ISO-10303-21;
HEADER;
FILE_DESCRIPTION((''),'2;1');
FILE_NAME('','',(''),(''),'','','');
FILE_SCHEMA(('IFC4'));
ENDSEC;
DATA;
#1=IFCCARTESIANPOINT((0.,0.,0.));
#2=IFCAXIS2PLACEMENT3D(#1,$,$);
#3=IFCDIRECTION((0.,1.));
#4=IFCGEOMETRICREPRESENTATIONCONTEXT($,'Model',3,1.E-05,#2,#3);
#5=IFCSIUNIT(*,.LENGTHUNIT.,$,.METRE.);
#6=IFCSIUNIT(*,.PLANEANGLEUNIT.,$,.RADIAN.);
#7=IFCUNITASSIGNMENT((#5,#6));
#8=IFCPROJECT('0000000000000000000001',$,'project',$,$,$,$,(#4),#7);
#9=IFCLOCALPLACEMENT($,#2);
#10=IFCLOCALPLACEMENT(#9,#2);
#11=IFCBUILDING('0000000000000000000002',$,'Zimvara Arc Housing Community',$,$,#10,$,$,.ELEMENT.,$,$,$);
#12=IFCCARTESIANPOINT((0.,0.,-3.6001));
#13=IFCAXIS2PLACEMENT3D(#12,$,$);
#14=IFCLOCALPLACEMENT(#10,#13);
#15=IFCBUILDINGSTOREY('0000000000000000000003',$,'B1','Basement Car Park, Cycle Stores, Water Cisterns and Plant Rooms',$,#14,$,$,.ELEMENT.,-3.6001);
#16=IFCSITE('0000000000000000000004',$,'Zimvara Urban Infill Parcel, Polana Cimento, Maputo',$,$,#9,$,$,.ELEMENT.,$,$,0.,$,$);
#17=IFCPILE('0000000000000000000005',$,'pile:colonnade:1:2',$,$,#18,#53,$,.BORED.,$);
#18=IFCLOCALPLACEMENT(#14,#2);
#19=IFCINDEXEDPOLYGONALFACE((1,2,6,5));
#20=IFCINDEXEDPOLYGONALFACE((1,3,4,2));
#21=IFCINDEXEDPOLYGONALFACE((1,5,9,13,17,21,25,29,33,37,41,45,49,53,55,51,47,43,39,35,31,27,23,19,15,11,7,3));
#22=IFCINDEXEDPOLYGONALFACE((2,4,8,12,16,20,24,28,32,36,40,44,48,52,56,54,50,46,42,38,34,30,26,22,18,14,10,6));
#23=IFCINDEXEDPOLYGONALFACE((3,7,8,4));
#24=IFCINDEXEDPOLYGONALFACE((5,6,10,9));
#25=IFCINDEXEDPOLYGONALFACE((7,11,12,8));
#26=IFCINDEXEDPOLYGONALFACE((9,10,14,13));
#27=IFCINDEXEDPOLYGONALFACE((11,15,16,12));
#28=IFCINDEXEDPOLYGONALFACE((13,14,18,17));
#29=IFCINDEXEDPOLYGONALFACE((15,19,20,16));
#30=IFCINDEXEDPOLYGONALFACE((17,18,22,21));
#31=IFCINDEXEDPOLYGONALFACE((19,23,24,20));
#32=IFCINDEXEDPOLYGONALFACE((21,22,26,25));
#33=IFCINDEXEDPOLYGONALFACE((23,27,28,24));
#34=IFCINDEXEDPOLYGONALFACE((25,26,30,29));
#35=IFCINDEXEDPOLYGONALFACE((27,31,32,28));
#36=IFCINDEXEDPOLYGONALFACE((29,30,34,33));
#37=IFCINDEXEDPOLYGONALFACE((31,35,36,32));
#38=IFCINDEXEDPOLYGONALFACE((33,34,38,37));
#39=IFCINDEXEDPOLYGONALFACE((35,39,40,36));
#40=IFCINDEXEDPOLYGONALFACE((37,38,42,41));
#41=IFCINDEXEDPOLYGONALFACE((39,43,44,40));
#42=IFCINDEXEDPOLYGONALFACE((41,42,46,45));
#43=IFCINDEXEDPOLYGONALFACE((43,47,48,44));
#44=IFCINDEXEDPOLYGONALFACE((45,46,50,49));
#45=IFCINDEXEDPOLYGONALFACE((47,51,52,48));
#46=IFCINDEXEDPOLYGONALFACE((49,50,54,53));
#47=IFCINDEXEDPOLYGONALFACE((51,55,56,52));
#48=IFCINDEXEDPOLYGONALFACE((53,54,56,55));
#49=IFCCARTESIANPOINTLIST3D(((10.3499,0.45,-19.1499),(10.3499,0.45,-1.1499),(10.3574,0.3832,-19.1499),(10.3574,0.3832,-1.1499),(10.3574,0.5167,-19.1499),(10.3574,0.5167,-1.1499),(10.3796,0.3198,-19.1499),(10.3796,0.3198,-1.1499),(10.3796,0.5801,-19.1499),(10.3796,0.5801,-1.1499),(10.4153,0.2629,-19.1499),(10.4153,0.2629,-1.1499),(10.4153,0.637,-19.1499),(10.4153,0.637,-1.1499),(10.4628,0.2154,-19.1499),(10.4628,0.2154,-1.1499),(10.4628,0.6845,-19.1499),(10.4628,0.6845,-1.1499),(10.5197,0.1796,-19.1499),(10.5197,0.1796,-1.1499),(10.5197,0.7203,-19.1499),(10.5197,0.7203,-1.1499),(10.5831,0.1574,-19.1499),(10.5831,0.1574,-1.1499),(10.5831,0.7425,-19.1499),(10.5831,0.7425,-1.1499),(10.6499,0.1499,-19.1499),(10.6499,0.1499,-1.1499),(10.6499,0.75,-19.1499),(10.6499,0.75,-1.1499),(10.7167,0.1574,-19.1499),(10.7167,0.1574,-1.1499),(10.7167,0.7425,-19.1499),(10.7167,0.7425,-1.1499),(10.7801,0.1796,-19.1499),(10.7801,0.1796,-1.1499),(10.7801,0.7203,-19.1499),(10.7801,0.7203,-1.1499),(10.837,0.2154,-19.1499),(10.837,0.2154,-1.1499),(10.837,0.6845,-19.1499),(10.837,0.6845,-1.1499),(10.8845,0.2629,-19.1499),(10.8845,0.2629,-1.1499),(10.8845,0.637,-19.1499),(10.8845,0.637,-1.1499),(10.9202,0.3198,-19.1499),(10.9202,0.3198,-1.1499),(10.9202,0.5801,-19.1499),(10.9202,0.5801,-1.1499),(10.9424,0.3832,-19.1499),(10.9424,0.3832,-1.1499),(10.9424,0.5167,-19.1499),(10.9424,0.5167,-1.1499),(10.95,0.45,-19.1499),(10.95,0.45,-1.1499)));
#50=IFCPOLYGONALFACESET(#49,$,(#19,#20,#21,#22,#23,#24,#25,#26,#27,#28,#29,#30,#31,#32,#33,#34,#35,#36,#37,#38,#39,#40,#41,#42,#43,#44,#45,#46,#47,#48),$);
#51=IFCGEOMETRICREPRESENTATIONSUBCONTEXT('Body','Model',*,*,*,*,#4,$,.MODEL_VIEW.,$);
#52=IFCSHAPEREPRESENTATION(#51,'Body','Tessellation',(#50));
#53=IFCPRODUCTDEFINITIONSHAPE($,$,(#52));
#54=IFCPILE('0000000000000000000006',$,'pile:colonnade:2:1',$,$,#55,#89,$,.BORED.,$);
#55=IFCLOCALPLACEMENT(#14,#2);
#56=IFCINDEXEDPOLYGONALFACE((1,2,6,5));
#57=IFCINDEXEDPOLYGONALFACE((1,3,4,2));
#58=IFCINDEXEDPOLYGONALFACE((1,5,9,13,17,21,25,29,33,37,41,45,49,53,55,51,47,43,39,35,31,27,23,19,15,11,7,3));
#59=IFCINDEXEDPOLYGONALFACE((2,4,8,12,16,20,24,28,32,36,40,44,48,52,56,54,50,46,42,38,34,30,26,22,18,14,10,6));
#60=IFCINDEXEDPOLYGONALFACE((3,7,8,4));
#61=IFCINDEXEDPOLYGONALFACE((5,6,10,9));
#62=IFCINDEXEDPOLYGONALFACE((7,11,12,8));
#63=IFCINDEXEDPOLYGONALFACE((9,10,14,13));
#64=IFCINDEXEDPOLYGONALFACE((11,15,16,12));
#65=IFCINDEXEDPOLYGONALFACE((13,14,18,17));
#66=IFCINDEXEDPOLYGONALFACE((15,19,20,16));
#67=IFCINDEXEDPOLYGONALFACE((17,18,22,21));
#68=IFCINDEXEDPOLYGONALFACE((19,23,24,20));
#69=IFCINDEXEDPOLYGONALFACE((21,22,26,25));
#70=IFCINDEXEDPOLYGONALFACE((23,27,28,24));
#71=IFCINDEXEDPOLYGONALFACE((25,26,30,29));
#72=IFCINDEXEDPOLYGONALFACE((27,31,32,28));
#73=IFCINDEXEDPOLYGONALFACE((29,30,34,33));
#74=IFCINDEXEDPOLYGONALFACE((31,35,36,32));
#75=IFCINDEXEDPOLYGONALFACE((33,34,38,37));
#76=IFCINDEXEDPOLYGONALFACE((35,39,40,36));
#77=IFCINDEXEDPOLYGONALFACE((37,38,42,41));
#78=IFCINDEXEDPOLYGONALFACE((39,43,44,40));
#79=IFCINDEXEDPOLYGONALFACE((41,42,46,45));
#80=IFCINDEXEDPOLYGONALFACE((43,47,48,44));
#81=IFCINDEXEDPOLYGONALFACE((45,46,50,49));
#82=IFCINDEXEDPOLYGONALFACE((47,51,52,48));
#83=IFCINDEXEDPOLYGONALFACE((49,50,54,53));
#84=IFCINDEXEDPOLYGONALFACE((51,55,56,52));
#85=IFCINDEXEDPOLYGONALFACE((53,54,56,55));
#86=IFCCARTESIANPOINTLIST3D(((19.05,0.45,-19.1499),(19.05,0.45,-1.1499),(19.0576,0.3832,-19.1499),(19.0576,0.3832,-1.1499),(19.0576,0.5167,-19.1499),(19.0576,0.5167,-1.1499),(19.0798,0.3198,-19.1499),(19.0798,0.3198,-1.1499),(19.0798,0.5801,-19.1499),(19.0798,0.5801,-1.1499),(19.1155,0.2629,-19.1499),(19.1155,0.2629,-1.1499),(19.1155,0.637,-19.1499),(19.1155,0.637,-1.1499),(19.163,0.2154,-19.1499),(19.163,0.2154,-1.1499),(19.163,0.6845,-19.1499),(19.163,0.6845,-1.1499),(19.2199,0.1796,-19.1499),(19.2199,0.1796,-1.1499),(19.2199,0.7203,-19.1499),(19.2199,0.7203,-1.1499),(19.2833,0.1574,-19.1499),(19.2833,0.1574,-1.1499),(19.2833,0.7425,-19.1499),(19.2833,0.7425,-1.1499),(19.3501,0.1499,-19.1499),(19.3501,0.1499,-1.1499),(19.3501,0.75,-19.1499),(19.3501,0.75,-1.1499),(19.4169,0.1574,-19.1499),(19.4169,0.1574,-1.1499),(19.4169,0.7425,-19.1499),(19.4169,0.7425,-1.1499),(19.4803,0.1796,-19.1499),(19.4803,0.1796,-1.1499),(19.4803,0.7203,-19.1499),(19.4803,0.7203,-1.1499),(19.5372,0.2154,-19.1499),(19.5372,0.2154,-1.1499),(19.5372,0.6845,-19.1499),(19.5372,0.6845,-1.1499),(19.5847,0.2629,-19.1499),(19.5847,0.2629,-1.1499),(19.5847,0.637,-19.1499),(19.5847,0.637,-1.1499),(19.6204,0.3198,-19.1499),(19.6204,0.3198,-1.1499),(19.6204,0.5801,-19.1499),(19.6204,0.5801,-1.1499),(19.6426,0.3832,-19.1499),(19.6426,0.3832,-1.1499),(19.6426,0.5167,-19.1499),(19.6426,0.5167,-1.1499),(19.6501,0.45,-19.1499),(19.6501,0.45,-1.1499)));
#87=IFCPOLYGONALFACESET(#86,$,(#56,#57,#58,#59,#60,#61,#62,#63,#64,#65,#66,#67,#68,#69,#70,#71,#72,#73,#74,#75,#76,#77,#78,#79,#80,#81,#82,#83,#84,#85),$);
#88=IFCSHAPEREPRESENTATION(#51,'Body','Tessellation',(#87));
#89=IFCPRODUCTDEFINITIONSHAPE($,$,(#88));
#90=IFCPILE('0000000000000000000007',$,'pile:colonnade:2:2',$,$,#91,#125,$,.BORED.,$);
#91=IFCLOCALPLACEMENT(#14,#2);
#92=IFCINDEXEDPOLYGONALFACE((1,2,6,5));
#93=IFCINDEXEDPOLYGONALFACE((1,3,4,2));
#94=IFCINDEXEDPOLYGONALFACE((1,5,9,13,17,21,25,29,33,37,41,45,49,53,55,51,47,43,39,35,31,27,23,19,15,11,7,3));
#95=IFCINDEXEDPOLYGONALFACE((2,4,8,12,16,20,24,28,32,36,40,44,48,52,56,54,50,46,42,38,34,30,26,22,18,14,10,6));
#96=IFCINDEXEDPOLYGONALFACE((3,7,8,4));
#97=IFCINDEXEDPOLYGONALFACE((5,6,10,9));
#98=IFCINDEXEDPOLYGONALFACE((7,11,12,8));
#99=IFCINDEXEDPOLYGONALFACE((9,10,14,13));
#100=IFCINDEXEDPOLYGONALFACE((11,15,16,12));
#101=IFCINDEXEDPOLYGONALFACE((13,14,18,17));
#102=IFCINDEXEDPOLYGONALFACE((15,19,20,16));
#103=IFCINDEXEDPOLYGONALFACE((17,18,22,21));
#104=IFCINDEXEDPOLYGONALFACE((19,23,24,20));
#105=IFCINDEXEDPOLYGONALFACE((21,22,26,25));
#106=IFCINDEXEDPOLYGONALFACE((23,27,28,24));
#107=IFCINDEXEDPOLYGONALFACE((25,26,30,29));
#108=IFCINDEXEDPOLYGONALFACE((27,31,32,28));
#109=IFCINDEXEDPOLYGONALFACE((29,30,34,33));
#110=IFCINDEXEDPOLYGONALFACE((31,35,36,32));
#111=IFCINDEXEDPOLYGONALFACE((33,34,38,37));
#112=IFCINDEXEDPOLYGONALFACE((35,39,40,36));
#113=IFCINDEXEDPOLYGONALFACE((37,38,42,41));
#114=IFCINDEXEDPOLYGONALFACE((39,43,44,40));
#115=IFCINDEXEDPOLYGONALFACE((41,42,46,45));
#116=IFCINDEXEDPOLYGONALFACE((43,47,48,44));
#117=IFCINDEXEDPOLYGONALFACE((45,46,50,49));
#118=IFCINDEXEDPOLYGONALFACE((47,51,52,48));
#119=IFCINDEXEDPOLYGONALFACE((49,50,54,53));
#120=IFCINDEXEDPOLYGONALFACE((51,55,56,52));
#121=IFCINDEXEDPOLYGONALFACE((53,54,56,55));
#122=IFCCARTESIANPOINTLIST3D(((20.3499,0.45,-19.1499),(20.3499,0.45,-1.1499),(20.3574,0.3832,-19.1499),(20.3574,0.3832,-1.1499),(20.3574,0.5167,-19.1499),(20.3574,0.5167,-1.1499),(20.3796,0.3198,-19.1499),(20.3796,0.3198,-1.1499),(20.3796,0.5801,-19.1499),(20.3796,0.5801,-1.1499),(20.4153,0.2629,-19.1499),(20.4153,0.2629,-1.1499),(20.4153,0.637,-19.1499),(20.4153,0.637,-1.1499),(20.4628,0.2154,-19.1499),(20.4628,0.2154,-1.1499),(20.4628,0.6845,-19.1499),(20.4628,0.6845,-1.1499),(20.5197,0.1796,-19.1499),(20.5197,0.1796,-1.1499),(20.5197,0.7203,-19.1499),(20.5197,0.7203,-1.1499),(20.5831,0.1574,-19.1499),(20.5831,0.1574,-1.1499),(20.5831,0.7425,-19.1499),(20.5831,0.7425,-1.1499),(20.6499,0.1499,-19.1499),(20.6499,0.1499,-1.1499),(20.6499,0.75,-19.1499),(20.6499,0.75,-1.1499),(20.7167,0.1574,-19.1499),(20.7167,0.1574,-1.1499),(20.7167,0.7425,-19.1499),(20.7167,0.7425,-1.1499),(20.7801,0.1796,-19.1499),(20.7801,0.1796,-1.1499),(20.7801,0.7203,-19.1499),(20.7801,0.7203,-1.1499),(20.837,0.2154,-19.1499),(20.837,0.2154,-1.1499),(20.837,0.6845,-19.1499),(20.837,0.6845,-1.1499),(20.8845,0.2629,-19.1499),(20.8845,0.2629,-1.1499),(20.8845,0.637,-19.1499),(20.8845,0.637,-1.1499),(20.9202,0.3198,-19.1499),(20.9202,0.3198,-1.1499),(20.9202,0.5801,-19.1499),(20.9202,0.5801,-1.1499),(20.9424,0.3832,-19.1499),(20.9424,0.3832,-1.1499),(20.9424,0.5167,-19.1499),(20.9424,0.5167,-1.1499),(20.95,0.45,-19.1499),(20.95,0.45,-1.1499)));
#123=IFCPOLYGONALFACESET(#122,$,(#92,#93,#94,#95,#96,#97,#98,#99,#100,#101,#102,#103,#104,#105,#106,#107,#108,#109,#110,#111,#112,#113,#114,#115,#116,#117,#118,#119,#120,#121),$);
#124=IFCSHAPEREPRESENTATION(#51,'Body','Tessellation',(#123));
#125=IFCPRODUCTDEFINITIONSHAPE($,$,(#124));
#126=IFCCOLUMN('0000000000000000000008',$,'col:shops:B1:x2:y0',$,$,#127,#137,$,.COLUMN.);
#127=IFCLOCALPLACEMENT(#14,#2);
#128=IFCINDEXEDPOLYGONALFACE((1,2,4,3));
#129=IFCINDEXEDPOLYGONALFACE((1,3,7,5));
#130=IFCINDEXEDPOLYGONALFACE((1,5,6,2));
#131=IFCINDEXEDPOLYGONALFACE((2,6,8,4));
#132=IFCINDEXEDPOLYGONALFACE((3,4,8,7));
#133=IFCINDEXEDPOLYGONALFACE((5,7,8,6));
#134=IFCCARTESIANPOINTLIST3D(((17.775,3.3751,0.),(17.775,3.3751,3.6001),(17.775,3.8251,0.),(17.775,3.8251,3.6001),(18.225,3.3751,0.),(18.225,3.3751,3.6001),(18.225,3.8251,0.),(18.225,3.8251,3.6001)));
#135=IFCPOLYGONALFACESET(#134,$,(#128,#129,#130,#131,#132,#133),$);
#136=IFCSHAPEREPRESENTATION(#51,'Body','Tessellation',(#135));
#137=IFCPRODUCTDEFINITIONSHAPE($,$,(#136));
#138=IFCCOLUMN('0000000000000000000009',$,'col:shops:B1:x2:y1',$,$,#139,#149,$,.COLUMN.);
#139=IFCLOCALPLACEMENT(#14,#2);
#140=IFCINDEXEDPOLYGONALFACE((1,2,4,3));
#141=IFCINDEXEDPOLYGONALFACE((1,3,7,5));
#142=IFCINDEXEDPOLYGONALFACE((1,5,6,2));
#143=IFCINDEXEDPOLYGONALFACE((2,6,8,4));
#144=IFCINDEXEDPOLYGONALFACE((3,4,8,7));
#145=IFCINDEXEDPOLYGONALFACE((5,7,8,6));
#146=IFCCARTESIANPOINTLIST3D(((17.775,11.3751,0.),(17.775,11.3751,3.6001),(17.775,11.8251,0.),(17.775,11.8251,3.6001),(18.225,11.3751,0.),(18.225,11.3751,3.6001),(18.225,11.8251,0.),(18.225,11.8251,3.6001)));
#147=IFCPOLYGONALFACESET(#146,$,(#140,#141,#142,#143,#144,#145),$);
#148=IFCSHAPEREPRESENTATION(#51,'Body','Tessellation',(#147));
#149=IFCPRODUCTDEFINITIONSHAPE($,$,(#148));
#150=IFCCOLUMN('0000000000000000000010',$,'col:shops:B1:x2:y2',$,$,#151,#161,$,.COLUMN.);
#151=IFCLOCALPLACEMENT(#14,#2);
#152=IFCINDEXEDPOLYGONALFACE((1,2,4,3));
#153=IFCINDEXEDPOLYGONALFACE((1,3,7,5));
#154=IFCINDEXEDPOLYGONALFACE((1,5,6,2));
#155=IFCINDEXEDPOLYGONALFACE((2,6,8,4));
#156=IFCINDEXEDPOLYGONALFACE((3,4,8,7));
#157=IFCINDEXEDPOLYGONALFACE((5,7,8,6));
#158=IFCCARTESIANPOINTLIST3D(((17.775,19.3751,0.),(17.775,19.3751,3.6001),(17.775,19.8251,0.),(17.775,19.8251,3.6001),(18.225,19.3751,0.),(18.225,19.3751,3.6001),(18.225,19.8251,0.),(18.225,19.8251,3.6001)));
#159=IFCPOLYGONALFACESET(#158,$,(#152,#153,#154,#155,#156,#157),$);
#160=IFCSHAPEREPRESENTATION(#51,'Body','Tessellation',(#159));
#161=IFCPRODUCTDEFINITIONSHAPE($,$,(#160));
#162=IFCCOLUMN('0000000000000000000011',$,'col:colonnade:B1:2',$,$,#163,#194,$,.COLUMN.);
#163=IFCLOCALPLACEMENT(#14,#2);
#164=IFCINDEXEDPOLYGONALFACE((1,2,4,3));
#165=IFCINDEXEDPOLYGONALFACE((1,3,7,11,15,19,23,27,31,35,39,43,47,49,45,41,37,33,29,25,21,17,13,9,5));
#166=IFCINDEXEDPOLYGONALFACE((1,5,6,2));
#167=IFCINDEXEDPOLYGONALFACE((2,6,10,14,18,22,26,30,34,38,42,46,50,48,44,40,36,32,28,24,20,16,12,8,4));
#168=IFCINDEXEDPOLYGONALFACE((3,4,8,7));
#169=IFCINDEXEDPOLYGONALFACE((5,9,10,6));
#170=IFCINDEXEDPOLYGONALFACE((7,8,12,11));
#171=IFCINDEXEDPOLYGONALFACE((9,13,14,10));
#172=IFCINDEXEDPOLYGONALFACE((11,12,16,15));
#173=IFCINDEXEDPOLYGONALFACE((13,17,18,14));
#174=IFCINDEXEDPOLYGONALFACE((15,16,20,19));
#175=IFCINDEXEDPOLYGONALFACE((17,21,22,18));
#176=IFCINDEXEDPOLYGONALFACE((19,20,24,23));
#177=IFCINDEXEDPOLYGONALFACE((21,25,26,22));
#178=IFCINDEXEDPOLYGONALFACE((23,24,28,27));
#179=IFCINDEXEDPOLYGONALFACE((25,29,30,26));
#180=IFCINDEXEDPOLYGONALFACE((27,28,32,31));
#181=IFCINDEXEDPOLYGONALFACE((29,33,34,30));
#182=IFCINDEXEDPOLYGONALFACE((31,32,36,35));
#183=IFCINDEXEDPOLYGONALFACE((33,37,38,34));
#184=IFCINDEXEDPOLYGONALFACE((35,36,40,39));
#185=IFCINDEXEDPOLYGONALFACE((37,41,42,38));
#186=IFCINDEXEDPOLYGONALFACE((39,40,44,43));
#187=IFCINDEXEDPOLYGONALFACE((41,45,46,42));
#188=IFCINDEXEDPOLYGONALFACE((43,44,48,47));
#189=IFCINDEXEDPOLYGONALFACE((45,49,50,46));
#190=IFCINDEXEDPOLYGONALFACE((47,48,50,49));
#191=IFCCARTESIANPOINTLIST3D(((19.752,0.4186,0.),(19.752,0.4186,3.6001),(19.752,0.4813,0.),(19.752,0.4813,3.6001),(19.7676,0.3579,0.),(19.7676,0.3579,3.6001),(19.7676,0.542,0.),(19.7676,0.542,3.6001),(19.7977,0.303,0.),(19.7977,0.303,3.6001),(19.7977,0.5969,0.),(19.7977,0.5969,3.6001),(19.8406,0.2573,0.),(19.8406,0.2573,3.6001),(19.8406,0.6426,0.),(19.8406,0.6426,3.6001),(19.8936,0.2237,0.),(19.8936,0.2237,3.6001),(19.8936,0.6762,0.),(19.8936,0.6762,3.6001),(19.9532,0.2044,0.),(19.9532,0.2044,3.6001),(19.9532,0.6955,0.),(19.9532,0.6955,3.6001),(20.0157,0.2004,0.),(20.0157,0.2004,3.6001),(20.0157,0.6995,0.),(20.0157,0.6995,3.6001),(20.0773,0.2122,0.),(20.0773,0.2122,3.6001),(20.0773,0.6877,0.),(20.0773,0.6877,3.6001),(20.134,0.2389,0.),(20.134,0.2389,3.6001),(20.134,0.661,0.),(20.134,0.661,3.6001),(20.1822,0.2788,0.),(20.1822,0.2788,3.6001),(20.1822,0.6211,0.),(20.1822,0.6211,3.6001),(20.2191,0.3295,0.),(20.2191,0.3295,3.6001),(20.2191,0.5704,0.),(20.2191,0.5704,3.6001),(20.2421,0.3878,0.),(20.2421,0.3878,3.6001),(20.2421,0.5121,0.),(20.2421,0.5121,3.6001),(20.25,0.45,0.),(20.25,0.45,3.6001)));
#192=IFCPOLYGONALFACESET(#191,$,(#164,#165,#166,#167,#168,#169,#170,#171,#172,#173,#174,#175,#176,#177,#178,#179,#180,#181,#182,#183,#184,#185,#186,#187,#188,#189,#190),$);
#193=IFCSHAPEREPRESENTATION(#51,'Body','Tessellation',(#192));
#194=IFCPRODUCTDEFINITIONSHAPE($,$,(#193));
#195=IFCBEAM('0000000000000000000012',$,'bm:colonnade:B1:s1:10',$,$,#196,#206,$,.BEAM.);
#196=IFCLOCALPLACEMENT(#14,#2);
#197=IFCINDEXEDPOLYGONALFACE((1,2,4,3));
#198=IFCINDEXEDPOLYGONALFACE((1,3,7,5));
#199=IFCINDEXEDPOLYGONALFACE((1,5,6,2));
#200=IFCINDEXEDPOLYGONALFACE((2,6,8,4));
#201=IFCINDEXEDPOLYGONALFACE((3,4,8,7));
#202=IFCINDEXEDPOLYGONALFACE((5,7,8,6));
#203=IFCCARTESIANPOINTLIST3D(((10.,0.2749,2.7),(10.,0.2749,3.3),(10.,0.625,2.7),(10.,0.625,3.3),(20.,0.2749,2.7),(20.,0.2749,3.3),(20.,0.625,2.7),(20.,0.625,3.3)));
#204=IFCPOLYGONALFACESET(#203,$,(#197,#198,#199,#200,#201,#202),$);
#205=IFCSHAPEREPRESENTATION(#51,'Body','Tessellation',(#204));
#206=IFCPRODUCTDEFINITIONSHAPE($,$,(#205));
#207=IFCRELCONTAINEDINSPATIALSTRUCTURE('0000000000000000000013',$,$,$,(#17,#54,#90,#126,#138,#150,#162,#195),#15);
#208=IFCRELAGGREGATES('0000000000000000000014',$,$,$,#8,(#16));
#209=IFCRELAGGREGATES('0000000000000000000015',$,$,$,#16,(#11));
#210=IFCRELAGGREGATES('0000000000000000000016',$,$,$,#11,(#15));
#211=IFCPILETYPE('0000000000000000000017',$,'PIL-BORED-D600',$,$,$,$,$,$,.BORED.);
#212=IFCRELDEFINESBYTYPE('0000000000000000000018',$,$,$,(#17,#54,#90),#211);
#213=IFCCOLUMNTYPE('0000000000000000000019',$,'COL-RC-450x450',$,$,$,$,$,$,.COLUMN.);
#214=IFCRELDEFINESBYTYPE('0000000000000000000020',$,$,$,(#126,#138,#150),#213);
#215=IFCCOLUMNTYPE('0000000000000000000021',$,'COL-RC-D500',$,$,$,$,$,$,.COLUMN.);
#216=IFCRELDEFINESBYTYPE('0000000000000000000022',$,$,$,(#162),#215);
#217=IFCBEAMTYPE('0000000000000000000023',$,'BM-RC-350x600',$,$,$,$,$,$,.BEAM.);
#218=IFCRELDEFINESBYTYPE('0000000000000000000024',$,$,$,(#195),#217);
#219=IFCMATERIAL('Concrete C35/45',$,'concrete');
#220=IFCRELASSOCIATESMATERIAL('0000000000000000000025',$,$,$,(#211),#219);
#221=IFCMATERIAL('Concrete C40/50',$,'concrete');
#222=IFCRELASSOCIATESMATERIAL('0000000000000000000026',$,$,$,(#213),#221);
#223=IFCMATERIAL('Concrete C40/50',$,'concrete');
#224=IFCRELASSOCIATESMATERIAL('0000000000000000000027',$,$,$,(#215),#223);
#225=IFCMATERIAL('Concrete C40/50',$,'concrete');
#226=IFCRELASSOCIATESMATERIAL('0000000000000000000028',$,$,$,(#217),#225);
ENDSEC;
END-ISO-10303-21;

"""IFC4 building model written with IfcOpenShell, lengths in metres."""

from ifc_helpers import new_model, si_unit, direction, frame, origin, origin_2d, place, context, subcontext, project, spatial, rectangle, circle, extrude, material, material_profile, profile_set, type_object, element, save


model = new_model("IFC4")

# Units and contexts
model_context = context("Model", 3, precision=1e-05, world=origin(), true_north=direction((0.0, 1.0)))
body_context = subcontext(model_context, "Body", "Model", "MODEL_VIEW")
ifc_project = project(units=[si_unit("LENGTHUNIT", "METRE"), si_unit("PLANEANGLEUNIT", "RADIAN")], contexts=[model_context])

# Site, building, storey
site_placement = place(None, origin())
site = spatial("IfcSite", under=ifc_project, at=site_placement, Name="Zimvara Urban Infill Parcel, Polana Cimento, Maputo", CompositionType="ELEMENT", RefElevation=0.0)
building_placement = place(site_placement, origin())
building = spatial("IfcBuilding", under=site, at=building_placement, Name="Zimvara Arc Housing Community", CompositionType="ELEMENT")
storey_placement = place(building_placement, frame((0.0, 0.0, -3.6001)))
storey = spatial("IfcBuildingStorey", under=building, at=storey_placement, Name="B1", Description="Basement Car Park, Cycle Stores, Water Cisterns and Plant Rooms", CompositionType="ELEMENT", Elevation=-3.6001)

# Piles
ifc_material_1 = material(Name="Concrete C35/45", Category="concrete")
ifc_material_profile_1 = material_profile(ifc_material_1, circle(Radius=0.3, at=origin_2d()), Name="PILE D600")
ifc_profile_set_1 = profile_set([ifc_material_profile_1], Name="Concrete C35/45")
pile_type = type_object("IfcPileType", Name="PIL-BORED-D600", PredefinedType="BORED", material=ifc_profile_set_1)
for number, where, z_axis, x_axis, name in (
    (1, (10.6499, 0.45, -1.1499), (0.0, 0.0, -1.0), (1.0, 0.0, 0.0), "pile:colonnade:1:2"),
    (2, (19.3501, 0.45, -1.1499), (0.0, 0.0, -1.0), (1.0, 0.0, 0.0), "pile:colonnade:2:1"),
    (3, (20.6499, 0.45, -1.1499), (0.0, 0.0, -1.0), (1.0, 0.0, 0.0), "pile:colonnade:2:2"),
):
    element("IfcPile", number, at=place(storey_placement, frame(where, z_axis=z_axis, x_axis=x_axis)), inside=storey, type_object=pile_type, Name=name, PredefinedType="BORED", context=body_context, shape_type="SweptSolid", body=[
        extrude(circle(Radius=0.3, at=origin_2d()), origin(), (0.0, 0.0, 1.0), 18.0),
    ])

# Columns
ifc_material_2 = material(Name="Concrete C40/50", Category="concrete")
ifc_material_profile_2 = material_profile(ifc_material_2, rectangle(XDim=0.45, YDim=0.45, at=origin_2d()), Name="RC 450x450")
ifc_profile_set_2 = profile_set([ifc_material_profile_2], Name="Concrete C40/50")
column_type_1 = type_object("IfcColumnType", Name="COL-RC-450x450", PredefinedType="COLUMN", material=ifc_profile_set_2)
for number, where, z_axis, x_axis, name in (
    (4, (18.0, 3.6001, 0.0), (0.0, 0.0, 1.0), (1.0, 0.0, 0.0), "col:shops:B1:x2:y0"),
    (5, (18.0, 11.6001, 0.0), (0.0, 0.0, 1.0), (1.0, 0.0, 0.0), "col:shops:B1:x2:y1"),
    (6, (18.0, 19.6001, 0.0), (0.0, 0.0, 1.0), (1.0, 0.0, 0.0), "col:shops:B1:x2:y2"),
):
    element("IfcColumn", number, at=place(storey_placement, frame(where, z_axis=z_axis, x_axis=x_axis)), inside=storey, type_object=column_type_1, Name=name, PredefinedType="COLUMN", context=body_context, shape_type="SweptSolid", body=[
        extrude(rectangle(XDim=0.45, YDim=0.45, at=origin_2d()), origin(), (0.0, 0.0, 1.0), 3.6001),
    ])
ifc_material_3 = material(Name="Concrete C40/50", Category="concrete")
ifc_material_profile_3 = material_profile(ifc_material_3, circle(Radius=0.25, at=origin_2d()), Name="RC D500")
ifc_profile_set_3 = profile_set([ifc_material_profile_3], Name="Concrete C40/50")
column_type_2 = type_object("IfcColumnType", Name="COL-RC-D500", PredefinedType="COLUMN", material=ifc_profile_set_3)
column_placement = place(storey_placement, frame((20.0, 0.45, 0.0), z_axis=(0.0, 0.0, 1.0), x_axis=(1.0, 0.0, 0.0)))
element("IfcColumn", 7, at=column_placement, inside=storey, type_object=column_type_2, Name="col:colonnade:B1:2", PredefinedType="COLUMN", context=body_context, shape_type="SweptSolid", body=[
    extrude(circle(Radius=0.25, at=origin_2d()), origin(), (0.0, 0.0, 1.0), 3.6001),
])

# Beam
ifc_material_4 = material(Name="Concrete C40/50", Category="concrete")
ifc_material_profile_4 = material_profile(ifc_material_4, rectangle(XDim=0.3501, YDim=0.6001, at=origin_2d()), Name="RC 350x600")
ifc_profile_set_4 = profile_set([ifc_material_profile_4], Name="Concrete C40/50")
beam_type_1 = type_object("IfcBeamType", Name="BM-RC-350x600", PredefinedType="BEAM", material=ifc_profile_set_4)
for number, where, z_axis, x_axis, name in (
    (8, (10.0, 0.45, 3.0), (1.0, 0.0, 0.0), (0.0, 1.0, 0.0), "bm:colonnade:B1:s1:10"),
):
    element("IfcBeam", number, at=place(storey_placement, frame(where, z_axis=z_axis, x_axis=x_axis)), inside=storey, type_object=beam_type_1, Name=name, PredefinedType="BEAM", context=body_context, shape_type="SweptSolid", body=[
        extrude(rectangle(XDim=0.3501, YDim=0.6001, at=origin_2d()), origin(), (0.0, 0.0, 1.0), 10.0),
    ])

save(model, "model.ifc")
